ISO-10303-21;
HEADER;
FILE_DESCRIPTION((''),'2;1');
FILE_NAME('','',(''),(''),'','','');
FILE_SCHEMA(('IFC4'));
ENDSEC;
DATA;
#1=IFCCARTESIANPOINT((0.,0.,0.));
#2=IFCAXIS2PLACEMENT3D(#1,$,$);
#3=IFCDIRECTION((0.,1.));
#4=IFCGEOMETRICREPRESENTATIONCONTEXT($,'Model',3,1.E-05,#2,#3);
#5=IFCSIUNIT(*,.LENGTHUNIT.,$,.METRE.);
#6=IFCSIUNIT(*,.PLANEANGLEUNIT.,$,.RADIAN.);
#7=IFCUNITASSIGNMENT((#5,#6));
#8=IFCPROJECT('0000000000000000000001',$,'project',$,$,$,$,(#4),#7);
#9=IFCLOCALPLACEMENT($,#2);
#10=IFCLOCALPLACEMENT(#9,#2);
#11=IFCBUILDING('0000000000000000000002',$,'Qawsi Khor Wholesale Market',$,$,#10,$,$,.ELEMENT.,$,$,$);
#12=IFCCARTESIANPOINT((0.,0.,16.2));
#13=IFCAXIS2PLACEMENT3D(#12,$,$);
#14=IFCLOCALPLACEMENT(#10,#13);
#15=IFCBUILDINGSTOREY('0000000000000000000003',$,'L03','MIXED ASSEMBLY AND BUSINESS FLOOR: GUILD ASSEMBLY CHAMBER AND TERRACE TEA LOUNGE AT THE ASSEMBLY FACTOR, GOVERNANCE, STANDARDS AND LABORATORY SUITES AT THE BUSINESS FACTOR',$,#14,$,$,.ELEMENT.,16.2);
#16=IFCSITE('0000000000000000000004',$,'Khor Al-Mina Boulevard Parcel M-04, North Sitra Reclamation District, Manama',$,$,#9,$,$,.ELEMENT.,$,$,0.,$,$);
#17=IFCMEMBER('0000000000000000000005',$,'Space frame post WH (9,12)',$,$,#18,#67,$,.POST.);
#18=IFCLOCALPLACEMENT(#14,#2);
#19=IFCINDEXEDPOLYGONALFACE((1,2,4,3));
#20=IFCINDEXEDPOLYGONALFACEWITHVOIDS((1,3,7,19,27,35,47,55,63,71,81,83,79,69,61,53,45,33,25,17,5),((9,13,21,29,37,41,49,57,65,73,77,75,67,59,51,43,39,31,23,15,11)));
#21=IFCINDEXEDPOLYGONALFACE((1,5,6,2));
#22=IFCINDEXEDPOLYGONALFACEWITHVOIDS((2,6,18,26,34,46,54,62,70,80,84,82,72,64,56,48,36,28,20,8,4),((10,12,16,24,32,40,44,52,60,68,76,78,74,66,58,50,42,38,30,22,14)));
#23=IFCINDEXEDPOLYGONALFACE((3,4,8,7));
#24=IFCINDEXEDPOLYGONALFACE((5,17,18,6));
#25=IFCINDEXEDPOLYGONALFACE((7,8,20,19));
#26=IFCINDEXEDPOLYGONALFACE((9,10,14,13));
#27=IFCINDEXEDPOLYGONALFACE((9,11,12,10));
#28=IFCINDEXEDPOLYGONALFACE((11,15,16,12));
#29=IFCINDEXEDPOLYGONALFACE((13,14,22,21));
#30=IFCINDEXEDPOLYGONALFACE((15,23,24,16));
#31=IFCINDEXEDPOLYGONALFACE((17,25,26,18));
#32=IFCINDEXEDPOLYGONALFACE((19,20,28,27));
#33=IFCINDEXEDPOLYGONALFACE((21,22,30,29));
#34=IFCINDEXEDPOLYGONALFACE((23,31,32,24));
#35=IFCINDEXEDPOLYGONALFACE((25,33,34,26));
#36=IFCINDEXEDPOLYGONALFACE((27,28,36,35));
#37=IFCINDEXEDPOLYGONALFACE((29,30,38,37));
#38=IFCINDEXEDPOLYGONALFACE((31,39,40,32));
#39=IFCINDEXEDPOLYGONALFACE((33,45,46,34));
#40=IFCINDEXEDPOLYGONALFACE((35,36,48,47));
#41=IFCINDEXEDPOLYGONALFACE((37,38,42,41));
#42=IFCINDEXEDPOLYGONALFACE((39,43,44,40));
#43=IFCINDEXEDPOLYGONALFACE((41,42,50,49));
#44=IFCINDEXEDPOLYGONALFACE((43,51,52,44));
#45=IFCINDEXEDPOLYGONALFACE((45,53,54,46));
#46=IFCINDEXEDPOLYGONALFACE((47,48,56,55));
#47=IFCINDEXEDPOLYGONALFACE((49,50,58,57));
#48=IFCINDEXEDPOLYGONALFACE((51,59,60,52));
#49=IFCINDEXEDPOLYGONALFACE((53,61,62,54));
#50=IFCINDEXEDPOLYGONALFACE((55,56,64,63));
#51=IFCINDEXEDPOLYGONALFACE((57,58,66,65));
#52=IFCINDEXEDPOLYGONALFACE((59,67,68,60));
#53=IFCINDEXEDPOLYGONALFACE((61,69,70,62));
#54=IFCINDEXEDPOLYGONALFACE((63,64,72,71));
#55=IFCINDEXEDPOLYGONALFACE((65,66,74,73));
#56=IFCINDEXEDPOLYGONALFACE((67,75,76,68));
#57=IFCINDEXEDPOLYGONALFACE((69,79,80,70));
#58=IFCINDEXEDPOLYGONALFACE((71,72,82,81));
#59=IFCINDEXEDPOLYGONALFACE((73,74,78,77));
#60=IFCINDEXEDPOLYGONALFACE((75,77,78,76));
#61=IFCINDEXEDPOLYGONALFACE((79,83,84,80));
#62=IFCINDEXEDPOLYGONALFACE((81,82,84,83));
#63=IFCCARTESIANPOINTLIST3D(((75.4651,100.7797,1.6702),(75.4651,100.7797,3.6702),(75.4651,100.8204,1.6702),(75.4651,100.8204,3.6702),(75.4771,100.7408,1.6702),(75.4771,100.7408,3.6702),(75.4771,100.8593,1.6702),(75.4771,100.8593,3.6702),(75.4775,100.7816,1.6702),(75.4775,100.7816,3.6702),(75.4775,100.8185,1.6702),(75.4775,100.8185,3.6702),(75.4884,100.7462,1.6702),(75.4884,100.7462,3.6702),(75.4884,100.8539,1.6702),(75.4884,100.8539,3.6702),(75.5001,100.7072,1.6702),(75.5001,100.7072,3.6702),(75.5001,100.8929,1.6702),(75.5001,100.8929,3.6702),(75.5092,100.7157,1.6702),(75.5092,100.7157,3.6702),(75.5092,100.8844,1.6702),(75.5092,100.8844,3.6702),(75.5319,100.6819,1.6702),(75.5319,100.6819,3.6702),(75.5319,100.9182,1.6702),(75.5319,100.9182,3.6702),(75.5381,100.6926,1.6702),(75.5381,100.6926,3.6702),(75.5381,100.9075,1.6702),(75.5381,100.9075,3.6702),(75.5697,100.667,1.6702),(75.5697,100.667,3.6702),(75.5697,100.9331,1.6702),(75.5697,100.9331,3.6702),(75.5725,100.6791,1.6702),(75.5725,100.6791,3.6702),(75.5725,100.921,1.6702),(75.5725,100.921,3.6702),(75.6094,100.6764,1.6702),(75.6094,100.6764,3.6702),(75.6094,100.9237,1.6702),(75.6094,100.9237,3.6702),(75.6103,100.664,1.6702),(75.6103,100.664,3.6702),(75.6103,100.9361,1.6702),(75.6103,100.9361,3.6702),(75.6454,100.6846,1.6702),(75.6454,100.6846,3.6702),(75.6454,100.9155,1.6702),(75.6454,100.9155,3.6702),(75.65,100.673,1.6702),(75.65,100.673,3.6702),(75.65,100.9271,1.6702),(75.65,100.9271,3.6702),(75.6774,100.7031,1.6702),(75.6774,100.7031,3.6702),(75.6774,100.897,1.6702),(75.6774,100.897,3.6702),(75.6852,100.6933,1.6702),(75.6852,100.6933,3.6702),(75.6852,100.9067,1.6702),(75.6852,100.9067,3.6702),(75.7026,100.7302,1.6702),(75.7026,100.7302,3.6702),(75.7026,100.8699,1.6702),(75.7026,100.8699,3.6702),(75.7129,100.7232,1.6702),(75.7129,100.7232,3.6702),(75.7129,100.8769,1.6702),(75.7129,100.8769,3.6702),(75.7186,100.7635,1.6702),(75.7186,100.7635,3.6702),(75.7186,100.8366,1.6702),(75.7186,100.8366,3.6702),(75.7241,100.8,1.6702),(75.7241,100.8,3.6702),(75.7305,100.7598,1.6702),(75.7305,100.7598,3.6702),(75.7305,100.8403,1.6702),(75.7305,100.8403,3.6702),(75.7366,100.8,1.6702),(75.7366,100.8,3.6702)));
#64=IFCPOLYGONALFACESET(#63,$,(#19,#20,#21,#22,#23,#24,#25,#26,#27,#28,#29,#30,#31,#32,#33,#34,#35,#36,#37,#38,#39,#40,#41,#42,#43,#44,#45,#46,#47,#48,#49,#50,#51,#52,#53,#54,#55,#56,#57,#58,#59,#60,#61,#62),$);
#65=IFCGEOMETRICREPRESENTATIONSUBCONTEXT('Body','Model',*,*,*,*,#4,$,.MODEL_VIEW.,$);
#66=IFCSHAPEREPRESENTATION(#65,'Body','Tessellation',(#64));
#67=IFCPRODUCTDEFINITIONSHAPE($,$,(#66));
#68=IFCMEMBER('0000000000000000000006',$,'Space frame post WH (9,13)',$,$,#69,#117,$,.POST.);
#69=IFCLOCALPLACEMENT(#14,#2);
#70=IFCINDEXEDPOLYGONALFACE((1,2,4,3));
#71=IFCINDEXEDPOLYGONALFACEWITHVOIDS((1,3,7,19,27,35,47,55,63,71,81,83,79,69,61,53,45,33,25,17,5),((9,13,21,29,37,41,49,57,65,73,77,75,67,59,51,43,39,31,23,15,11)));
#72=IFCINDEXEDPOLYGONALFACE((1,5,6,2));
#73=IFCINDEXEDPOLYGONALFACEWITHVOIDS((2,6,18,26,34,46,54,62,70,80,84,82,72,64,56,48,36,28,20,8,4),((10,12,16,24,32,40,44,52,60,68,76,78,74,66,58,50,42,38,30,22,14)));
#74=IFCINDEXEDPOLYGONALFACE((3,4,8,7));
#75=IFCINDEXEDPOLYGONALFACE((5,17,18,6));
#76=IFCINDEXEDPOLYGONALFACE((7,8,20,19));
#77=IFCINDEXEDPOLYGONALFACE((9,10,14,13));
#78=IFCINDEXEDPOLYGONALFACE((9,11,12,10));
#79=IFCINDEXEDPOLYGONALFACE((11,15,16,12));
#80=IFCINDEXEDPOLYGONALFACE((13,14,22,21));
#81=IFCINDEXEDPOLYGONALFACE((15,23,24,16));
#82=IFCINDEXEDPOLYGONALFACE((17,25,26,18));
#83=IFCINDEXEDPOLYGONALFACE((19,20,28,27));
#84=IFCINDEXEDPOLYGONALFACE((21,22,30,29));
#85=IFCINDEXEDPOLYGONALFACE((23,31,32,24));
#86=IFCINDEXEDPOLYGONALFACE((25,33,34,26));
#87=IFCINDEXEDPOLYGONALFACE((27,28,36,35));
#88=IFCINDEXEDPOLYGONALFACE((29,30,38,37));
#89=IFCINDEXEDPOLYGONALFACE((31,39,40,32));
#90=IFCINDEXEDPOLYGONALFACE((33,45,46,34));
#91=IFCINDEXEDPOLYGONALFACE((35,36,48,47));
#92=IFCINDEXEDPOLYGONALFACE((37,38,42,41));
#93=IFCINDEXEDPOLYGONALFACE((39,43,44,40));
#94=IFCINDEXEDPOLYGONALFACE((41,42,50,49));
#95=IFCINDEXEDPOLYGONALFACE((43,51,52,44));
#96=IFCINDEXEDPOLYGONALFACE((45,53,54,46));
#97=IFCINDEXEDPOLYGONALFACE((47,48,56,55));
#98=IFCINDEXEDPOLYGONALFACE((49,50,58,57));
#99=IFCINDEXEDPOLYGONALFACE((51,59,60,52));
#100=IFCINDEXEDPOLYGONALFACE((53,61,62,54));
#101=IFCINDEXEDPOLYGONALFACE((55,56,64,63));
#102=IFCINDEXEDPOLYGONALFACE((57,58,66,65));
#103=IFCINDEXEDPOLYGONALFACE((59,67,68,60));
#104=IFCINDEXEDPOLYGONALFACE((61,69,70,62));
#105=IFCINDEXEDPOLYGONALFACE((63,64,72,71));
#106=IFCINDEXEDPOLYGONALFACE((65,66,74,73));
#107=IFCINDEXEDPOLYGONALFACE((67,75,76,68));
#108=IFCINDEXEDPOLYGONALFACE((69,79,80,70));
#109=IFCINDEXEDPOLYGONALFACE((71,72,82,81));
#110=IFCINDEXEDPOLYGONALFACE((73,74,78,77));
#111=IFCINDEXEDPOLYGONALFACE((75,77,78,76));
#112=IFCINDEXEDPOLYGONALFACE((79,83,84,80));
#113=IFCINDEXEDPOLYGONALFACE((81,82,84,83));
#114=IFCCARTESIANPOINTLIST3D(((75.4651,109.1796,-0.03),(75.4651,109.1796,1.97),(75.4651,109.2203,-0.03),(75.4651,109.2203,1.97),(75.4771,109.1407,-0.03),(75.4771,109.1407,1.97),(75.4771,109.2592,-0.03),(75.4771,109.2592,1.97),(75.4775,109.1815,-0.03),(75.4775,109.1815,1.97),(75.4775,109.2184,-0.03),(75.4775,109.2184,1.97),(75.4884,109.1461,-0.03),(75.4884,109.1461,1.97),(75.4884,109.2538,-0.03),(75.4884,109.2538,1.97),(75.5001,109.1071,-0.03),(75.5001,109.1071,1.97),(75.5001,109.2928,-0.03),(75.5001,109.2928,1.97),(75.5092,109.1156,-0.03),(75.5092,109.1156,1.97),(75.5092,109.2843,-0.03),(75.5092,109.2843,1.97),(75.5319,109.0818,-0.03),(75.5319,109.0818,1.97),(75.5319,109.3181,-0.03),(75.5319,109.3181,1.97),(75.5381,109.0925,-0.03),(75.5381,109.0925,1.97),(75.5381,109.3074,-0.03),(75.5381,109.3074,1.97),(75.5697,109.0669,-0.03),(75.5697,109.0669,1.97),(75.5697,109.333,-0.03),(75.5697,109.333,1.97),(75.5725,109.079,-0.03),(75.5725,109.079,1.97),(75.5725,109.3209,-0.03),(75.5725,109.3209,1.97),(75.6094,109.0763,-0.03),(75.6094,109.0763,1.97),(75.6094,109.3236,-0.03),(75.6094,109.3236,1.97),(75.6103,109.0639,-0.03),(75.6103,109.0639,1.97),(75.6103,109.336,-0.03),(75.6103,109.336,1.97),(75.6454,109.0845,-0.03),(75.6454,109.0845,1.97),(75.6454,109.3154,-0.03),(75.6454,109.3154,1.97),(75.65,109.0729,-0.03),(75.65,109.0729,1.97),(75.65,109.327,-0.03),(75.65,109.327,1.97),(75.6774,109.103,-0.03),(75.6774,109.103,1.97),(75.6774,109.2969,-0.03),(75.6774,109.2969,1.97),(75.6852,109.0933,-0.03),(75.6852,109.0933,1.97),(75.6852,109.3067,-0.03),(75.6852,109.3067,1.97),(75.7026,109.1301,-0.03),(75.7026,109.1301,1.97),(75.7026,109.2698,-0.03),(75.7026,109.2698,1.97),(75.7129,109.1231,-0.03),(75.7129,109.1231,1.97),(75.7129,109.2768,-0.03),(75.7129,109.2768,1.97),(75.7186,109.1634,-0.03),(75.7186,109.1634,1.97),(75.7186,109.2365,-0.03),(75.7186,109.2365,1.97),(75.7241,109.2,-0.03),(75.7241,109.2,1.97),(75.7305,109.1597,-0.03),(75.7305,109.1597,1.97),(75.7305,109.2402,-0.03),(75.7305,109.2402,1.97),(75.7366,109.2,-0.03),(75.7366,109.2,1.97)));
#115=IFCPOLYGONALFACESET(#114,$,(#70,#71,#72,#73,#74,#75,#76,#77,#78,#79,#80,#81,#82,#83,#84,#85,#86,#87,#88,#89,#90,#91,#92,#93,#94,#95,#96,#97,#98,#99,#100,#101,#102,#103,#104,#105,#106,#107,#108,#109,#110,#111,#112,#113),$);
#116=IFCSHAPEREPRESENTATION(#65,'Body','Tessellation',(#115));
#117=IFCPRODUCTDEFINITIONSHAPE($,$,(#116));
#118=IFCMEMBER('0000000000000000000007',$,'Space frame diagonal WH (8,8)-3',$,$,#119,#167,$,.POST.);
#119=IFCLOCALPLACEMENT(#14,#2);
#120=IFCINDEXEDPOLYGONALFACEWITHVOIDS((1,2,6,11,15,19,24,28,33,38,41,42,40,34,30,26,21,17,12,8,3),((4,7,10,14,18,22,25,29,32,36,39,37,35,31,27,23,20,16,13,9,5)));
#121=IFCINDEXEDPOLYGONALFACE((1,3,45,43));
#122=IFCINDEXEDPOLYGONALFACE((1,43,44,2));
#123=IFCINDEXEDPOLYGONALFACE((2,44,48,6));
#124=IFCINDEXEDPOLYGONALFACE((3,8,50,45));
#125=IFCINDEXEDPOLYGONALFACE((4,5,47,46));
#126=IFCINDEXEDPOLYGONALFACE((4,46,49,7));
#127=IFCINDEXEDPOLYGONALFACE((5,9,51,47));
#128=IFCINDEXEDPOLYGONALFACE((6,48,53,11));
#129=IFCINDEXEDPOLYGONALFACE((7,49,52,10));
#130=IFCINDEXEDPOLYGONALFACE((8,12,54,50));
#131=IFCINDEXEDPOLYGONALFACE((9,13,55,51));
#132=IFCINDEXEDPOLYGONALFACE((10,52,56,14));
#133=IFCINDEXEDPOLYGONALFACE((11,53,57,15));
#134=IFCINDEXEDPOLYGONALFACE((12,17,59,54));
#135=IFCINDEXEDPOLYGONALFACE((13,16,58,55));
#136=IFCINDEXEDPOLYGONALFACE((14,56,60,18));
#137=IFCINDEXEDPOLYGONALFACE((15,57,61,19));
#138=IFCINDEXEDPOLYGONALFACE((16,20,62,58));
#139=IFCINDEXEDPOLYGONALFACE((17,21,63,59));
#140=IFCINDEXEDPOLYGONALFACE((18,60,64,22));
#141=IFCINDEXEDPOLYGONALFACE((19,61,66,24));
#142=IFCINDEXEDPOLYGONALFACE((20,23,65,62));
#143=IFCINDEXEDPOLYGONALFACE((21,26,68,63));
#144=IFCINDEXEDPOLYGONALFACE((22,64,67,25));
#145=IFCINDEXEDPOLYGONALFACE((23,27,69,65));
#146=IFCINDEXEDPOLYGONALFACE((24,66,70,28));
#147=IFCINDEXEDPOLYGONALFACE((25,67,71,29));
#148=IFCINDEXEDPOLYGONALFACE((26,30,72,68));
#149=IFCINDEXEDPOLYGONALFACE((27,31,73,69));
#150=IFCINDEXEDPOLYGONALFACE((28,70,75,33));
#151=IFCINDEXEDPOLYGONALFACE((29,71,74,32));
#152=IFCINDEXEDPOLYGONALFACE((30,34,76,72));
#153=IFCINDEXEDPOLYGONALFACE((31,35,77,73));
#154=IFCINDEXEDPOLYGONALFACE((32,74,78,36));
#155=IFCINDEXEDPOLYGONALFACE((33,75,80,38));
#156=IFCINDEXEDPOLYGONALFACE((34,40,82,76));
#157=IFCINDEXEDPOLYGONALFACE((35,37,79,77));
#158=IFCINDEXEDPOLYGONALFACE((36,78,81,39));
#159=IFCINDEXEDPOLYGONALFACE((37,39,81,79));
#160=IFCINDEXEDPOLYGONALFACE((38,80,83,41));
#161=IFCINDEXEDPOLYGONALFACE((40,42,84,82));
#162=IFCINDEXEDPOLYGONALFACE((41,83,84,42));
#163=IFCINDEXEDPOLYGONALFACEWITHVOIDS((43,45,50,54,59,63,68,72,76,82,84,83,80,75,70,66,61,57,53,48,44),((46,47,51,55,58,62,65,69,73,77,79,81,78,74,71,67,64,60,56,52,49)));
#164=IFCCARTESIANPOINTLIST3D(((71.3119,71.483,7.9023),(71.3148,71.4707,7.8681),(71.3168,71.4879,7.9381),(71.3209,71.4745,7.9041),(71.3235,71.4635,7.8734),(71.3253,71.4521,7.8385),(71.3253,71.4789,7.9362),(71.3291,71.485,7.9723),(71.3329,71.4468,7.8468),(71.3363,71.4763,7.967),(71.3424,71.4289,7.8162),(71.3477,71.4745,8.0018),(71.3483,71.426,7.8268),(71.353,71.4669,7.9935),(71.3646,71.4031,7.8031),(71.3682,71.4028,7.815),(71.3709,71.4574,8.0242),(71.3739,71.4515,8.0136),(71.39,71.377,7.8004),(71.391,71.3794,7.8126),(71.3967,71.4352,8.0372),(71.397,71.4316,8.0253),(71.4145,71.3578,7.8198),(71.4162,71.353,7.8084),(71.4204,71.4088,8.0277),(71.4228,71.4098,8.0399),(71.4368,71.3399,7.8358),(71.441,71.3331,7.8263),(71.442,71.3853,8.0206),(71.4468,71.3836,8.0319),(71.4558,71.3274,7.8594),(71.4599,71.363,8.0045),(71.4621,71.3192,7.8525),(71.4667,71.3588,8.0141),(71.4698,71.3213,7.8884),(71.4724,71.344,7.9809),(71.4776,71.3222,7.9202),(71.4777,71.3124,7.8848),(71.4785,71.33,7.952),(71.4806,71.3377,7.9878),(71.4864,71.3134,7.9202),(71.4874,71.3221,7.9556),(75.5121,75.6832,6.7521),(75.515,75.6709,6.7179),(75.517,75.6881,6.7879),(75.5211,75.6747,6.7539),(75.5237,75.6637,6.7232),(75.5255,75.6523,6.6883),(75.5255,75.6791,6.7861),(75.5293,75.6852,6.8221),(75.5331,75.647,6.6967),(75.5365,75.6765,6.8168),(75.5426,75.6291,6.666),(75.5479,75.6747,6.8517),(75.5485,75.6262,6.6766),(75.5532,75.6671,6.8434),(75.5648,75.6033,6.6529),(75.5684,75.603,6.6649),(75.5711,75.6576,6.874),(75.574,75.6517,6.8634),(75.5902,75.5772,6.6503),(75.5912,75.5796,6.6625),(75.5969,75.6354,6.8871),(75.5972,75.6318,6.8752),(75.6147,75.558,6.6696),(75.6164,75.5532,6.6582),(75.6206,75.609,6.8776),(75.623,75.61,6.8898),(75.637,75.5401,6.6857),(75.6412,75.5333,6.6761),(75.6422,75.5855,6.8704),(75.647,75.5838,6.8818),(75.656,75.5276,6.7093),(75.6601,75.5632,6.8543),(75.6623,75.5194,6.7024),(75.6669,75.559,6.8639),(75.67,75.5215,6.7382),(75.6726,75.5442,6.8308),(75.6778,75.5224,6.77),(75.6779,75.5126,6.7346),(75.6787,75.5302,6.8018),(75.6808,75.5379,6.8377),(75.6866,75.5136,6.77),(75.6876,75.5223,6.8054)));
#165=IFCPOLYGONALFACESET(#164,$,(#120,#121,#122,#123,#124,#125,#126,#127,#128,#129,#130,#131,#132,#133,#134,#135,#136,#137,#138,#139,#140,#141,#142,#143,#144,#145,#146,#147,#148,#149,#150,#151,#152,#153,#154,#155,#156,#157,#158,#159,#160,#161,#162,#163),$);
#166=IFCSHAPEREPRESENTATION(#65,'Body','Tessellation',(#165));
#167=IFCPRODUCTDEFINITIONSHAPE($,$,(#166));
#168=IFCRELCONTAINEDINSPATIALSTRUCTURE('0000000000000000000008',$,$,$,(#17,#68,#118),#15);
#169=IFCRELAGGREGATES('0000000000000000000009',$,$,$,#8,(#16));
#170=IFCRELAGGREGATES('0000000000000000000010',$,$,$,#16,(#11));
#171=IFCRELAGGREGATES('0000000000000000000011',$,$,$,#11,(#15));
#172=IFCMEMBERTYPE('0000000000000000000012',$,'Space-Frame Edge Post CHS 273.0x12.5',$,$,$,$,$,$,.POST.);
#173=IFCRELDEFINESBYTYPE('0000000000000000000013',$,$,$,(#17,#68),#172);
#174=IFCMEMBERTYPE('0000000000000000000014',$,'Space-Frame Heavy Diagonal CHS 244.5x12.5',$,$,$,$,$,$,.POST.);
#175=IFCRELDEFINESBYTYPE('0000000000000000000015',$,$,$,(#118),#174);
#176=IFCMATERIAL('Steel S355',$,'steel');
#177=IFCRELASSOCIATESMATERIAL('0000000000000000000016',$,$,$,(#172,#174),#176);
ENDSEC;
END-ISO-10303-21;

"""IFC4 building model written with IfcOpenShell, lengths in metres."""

from ifc_helpers import new_model, si_unit, direction, frame, origin, origin_2d, place, context, subcontext, project, spatial, hollow_circle, extrude, material, material_profile, profile_set, type_object, element, save


model = new_model("IFC4")

# Units and contexts
model_context = context("Model", 3, precision=1e-05, world=origin(), true_north=direction((0.0, 1.0)))
body_context = subcontext(model_context, "Body", "Model", "MODEL_VIEW")
ifc_project = project(units=[si_unit("LENGTHUNIT", "METRE"), si_unit("PLANEANGLEUNIT", "RADIAN")], contexts=[model_context])

# Site, building, storey
site_placement = place(None, origin())
site = spatial("IfcSite", under=ifc_project, at=site_placement, Name="Khor Al-Mina Boulevard Parcel M-04, North Sitra Reclamation District, Manama", CompositionType="ELEMENT", RefElevation=0.0)
building_placement = place(site_placement, origin())
building = spatial("IfcBuilding", under=site, at=building_placement, Name="Qawsi Khor Wholesale Market", CompositionType="ELEMENT")
storey_placement = place(building_placement, frame((0.0, 0.0, 16.2)))
storey = spatial("IfcBuildingStorey", under=building, at=storey_placement, Name="L03", Description="MIXED ASSEMBLY AND BUSINESS FLOOR: GUILD ASSEMBLY CHAMBER AND TERRACE TEA LOUNGE AT THE ASSEMBLY FACTOR, GOVERNANCE, STANDARDS AND LABORATORY SUITES AT THE BUSINESS FACTOR", CompositionType="ELEMENT", Elevation=16.2)

# Members
ifc_material_1 = material(Name="Steel S355", Category="steel")
ifc_material_profile_1 = material_profile(ifc_material_1, hollow_circle(Radius=0.1365, WallThickness=0.0125, at=origin_2d()), Name="CHS 273.0x12.5")
ifc_profile_set_1 = profile_set([ifc_material_profile_1], Name="Steel S355")
member_type_1 = type_object("IfcMemberType", Name="Space-Frame Edge Post CHS 273.0x12.5", PredefinedType="POST", material=ifc_profile_set_1)
for number, where, z_axis, x_axis, name in (
    (1, (75.6001, 100.8, 1.6702), (0.0, 0.0, 1.0), (1.0, 0.0, 0.0), "Space frame post WH (9,12)"),
    (2, (75.6001, 109.2, -0.03), (0.0, 0.0, 1.0), (1.0, 0.0, 0.0), "Space frame post WH (9,13)"),
):
    element("IfcMember", number, at=place(storey_placement, frame(where, z_axis=z_axis, x_axis=x_axis)), inside=storey, type_object=member_type_1, Name=name, PredefinedType="POST", context=body_context, shape_type="SweptSolid", body=[
        extrude(hollow_circle(Radius=0.1365, WallThickness=0.0125, at=origin_2d()), origin(), (0.0, 0.0, 1.0), 2.0),
    ])
ifc_material_profile_2 = material_profile(ifc_material_1, hollow_circle(Radius=0.1223, WallThickness=0.0125, at=origin_2d()), Name="CHS 244.5x12.5")
ifc_profile_set_2 = profile_set([ifc_material_profile_2], Name="Steel S355")
member_type_2 = type_object("IfcMemberType", Name="Space-Frame Heavy Diagonal CHS 244.5x12.5", PredefinedType="POST", material=ifc_profile_set_2)
member_1_placement = place(storey_placement, frame((75.6001, 75.6001, 6.77), z_axis=(-0.694213, -0.694213, 0.190097), x_axis=(0.707107, -0.707107, 0.0)))
element("IfcMember", 3, at=member_1_placement, inside=storey, type_object=member_type_2, Name="Space frame diagonal WH (8,8)-3", PredefinedType="POST", context=body_context, shape_type="SweptSolid", body=[
    extrude(hollow_circle(Radius=0.1223, WallThickness=0.0125, at=origin_2d()), origin(), (0.0, 0.0, 1.0), 6.0503),
])

save(model, "model.ifc")
